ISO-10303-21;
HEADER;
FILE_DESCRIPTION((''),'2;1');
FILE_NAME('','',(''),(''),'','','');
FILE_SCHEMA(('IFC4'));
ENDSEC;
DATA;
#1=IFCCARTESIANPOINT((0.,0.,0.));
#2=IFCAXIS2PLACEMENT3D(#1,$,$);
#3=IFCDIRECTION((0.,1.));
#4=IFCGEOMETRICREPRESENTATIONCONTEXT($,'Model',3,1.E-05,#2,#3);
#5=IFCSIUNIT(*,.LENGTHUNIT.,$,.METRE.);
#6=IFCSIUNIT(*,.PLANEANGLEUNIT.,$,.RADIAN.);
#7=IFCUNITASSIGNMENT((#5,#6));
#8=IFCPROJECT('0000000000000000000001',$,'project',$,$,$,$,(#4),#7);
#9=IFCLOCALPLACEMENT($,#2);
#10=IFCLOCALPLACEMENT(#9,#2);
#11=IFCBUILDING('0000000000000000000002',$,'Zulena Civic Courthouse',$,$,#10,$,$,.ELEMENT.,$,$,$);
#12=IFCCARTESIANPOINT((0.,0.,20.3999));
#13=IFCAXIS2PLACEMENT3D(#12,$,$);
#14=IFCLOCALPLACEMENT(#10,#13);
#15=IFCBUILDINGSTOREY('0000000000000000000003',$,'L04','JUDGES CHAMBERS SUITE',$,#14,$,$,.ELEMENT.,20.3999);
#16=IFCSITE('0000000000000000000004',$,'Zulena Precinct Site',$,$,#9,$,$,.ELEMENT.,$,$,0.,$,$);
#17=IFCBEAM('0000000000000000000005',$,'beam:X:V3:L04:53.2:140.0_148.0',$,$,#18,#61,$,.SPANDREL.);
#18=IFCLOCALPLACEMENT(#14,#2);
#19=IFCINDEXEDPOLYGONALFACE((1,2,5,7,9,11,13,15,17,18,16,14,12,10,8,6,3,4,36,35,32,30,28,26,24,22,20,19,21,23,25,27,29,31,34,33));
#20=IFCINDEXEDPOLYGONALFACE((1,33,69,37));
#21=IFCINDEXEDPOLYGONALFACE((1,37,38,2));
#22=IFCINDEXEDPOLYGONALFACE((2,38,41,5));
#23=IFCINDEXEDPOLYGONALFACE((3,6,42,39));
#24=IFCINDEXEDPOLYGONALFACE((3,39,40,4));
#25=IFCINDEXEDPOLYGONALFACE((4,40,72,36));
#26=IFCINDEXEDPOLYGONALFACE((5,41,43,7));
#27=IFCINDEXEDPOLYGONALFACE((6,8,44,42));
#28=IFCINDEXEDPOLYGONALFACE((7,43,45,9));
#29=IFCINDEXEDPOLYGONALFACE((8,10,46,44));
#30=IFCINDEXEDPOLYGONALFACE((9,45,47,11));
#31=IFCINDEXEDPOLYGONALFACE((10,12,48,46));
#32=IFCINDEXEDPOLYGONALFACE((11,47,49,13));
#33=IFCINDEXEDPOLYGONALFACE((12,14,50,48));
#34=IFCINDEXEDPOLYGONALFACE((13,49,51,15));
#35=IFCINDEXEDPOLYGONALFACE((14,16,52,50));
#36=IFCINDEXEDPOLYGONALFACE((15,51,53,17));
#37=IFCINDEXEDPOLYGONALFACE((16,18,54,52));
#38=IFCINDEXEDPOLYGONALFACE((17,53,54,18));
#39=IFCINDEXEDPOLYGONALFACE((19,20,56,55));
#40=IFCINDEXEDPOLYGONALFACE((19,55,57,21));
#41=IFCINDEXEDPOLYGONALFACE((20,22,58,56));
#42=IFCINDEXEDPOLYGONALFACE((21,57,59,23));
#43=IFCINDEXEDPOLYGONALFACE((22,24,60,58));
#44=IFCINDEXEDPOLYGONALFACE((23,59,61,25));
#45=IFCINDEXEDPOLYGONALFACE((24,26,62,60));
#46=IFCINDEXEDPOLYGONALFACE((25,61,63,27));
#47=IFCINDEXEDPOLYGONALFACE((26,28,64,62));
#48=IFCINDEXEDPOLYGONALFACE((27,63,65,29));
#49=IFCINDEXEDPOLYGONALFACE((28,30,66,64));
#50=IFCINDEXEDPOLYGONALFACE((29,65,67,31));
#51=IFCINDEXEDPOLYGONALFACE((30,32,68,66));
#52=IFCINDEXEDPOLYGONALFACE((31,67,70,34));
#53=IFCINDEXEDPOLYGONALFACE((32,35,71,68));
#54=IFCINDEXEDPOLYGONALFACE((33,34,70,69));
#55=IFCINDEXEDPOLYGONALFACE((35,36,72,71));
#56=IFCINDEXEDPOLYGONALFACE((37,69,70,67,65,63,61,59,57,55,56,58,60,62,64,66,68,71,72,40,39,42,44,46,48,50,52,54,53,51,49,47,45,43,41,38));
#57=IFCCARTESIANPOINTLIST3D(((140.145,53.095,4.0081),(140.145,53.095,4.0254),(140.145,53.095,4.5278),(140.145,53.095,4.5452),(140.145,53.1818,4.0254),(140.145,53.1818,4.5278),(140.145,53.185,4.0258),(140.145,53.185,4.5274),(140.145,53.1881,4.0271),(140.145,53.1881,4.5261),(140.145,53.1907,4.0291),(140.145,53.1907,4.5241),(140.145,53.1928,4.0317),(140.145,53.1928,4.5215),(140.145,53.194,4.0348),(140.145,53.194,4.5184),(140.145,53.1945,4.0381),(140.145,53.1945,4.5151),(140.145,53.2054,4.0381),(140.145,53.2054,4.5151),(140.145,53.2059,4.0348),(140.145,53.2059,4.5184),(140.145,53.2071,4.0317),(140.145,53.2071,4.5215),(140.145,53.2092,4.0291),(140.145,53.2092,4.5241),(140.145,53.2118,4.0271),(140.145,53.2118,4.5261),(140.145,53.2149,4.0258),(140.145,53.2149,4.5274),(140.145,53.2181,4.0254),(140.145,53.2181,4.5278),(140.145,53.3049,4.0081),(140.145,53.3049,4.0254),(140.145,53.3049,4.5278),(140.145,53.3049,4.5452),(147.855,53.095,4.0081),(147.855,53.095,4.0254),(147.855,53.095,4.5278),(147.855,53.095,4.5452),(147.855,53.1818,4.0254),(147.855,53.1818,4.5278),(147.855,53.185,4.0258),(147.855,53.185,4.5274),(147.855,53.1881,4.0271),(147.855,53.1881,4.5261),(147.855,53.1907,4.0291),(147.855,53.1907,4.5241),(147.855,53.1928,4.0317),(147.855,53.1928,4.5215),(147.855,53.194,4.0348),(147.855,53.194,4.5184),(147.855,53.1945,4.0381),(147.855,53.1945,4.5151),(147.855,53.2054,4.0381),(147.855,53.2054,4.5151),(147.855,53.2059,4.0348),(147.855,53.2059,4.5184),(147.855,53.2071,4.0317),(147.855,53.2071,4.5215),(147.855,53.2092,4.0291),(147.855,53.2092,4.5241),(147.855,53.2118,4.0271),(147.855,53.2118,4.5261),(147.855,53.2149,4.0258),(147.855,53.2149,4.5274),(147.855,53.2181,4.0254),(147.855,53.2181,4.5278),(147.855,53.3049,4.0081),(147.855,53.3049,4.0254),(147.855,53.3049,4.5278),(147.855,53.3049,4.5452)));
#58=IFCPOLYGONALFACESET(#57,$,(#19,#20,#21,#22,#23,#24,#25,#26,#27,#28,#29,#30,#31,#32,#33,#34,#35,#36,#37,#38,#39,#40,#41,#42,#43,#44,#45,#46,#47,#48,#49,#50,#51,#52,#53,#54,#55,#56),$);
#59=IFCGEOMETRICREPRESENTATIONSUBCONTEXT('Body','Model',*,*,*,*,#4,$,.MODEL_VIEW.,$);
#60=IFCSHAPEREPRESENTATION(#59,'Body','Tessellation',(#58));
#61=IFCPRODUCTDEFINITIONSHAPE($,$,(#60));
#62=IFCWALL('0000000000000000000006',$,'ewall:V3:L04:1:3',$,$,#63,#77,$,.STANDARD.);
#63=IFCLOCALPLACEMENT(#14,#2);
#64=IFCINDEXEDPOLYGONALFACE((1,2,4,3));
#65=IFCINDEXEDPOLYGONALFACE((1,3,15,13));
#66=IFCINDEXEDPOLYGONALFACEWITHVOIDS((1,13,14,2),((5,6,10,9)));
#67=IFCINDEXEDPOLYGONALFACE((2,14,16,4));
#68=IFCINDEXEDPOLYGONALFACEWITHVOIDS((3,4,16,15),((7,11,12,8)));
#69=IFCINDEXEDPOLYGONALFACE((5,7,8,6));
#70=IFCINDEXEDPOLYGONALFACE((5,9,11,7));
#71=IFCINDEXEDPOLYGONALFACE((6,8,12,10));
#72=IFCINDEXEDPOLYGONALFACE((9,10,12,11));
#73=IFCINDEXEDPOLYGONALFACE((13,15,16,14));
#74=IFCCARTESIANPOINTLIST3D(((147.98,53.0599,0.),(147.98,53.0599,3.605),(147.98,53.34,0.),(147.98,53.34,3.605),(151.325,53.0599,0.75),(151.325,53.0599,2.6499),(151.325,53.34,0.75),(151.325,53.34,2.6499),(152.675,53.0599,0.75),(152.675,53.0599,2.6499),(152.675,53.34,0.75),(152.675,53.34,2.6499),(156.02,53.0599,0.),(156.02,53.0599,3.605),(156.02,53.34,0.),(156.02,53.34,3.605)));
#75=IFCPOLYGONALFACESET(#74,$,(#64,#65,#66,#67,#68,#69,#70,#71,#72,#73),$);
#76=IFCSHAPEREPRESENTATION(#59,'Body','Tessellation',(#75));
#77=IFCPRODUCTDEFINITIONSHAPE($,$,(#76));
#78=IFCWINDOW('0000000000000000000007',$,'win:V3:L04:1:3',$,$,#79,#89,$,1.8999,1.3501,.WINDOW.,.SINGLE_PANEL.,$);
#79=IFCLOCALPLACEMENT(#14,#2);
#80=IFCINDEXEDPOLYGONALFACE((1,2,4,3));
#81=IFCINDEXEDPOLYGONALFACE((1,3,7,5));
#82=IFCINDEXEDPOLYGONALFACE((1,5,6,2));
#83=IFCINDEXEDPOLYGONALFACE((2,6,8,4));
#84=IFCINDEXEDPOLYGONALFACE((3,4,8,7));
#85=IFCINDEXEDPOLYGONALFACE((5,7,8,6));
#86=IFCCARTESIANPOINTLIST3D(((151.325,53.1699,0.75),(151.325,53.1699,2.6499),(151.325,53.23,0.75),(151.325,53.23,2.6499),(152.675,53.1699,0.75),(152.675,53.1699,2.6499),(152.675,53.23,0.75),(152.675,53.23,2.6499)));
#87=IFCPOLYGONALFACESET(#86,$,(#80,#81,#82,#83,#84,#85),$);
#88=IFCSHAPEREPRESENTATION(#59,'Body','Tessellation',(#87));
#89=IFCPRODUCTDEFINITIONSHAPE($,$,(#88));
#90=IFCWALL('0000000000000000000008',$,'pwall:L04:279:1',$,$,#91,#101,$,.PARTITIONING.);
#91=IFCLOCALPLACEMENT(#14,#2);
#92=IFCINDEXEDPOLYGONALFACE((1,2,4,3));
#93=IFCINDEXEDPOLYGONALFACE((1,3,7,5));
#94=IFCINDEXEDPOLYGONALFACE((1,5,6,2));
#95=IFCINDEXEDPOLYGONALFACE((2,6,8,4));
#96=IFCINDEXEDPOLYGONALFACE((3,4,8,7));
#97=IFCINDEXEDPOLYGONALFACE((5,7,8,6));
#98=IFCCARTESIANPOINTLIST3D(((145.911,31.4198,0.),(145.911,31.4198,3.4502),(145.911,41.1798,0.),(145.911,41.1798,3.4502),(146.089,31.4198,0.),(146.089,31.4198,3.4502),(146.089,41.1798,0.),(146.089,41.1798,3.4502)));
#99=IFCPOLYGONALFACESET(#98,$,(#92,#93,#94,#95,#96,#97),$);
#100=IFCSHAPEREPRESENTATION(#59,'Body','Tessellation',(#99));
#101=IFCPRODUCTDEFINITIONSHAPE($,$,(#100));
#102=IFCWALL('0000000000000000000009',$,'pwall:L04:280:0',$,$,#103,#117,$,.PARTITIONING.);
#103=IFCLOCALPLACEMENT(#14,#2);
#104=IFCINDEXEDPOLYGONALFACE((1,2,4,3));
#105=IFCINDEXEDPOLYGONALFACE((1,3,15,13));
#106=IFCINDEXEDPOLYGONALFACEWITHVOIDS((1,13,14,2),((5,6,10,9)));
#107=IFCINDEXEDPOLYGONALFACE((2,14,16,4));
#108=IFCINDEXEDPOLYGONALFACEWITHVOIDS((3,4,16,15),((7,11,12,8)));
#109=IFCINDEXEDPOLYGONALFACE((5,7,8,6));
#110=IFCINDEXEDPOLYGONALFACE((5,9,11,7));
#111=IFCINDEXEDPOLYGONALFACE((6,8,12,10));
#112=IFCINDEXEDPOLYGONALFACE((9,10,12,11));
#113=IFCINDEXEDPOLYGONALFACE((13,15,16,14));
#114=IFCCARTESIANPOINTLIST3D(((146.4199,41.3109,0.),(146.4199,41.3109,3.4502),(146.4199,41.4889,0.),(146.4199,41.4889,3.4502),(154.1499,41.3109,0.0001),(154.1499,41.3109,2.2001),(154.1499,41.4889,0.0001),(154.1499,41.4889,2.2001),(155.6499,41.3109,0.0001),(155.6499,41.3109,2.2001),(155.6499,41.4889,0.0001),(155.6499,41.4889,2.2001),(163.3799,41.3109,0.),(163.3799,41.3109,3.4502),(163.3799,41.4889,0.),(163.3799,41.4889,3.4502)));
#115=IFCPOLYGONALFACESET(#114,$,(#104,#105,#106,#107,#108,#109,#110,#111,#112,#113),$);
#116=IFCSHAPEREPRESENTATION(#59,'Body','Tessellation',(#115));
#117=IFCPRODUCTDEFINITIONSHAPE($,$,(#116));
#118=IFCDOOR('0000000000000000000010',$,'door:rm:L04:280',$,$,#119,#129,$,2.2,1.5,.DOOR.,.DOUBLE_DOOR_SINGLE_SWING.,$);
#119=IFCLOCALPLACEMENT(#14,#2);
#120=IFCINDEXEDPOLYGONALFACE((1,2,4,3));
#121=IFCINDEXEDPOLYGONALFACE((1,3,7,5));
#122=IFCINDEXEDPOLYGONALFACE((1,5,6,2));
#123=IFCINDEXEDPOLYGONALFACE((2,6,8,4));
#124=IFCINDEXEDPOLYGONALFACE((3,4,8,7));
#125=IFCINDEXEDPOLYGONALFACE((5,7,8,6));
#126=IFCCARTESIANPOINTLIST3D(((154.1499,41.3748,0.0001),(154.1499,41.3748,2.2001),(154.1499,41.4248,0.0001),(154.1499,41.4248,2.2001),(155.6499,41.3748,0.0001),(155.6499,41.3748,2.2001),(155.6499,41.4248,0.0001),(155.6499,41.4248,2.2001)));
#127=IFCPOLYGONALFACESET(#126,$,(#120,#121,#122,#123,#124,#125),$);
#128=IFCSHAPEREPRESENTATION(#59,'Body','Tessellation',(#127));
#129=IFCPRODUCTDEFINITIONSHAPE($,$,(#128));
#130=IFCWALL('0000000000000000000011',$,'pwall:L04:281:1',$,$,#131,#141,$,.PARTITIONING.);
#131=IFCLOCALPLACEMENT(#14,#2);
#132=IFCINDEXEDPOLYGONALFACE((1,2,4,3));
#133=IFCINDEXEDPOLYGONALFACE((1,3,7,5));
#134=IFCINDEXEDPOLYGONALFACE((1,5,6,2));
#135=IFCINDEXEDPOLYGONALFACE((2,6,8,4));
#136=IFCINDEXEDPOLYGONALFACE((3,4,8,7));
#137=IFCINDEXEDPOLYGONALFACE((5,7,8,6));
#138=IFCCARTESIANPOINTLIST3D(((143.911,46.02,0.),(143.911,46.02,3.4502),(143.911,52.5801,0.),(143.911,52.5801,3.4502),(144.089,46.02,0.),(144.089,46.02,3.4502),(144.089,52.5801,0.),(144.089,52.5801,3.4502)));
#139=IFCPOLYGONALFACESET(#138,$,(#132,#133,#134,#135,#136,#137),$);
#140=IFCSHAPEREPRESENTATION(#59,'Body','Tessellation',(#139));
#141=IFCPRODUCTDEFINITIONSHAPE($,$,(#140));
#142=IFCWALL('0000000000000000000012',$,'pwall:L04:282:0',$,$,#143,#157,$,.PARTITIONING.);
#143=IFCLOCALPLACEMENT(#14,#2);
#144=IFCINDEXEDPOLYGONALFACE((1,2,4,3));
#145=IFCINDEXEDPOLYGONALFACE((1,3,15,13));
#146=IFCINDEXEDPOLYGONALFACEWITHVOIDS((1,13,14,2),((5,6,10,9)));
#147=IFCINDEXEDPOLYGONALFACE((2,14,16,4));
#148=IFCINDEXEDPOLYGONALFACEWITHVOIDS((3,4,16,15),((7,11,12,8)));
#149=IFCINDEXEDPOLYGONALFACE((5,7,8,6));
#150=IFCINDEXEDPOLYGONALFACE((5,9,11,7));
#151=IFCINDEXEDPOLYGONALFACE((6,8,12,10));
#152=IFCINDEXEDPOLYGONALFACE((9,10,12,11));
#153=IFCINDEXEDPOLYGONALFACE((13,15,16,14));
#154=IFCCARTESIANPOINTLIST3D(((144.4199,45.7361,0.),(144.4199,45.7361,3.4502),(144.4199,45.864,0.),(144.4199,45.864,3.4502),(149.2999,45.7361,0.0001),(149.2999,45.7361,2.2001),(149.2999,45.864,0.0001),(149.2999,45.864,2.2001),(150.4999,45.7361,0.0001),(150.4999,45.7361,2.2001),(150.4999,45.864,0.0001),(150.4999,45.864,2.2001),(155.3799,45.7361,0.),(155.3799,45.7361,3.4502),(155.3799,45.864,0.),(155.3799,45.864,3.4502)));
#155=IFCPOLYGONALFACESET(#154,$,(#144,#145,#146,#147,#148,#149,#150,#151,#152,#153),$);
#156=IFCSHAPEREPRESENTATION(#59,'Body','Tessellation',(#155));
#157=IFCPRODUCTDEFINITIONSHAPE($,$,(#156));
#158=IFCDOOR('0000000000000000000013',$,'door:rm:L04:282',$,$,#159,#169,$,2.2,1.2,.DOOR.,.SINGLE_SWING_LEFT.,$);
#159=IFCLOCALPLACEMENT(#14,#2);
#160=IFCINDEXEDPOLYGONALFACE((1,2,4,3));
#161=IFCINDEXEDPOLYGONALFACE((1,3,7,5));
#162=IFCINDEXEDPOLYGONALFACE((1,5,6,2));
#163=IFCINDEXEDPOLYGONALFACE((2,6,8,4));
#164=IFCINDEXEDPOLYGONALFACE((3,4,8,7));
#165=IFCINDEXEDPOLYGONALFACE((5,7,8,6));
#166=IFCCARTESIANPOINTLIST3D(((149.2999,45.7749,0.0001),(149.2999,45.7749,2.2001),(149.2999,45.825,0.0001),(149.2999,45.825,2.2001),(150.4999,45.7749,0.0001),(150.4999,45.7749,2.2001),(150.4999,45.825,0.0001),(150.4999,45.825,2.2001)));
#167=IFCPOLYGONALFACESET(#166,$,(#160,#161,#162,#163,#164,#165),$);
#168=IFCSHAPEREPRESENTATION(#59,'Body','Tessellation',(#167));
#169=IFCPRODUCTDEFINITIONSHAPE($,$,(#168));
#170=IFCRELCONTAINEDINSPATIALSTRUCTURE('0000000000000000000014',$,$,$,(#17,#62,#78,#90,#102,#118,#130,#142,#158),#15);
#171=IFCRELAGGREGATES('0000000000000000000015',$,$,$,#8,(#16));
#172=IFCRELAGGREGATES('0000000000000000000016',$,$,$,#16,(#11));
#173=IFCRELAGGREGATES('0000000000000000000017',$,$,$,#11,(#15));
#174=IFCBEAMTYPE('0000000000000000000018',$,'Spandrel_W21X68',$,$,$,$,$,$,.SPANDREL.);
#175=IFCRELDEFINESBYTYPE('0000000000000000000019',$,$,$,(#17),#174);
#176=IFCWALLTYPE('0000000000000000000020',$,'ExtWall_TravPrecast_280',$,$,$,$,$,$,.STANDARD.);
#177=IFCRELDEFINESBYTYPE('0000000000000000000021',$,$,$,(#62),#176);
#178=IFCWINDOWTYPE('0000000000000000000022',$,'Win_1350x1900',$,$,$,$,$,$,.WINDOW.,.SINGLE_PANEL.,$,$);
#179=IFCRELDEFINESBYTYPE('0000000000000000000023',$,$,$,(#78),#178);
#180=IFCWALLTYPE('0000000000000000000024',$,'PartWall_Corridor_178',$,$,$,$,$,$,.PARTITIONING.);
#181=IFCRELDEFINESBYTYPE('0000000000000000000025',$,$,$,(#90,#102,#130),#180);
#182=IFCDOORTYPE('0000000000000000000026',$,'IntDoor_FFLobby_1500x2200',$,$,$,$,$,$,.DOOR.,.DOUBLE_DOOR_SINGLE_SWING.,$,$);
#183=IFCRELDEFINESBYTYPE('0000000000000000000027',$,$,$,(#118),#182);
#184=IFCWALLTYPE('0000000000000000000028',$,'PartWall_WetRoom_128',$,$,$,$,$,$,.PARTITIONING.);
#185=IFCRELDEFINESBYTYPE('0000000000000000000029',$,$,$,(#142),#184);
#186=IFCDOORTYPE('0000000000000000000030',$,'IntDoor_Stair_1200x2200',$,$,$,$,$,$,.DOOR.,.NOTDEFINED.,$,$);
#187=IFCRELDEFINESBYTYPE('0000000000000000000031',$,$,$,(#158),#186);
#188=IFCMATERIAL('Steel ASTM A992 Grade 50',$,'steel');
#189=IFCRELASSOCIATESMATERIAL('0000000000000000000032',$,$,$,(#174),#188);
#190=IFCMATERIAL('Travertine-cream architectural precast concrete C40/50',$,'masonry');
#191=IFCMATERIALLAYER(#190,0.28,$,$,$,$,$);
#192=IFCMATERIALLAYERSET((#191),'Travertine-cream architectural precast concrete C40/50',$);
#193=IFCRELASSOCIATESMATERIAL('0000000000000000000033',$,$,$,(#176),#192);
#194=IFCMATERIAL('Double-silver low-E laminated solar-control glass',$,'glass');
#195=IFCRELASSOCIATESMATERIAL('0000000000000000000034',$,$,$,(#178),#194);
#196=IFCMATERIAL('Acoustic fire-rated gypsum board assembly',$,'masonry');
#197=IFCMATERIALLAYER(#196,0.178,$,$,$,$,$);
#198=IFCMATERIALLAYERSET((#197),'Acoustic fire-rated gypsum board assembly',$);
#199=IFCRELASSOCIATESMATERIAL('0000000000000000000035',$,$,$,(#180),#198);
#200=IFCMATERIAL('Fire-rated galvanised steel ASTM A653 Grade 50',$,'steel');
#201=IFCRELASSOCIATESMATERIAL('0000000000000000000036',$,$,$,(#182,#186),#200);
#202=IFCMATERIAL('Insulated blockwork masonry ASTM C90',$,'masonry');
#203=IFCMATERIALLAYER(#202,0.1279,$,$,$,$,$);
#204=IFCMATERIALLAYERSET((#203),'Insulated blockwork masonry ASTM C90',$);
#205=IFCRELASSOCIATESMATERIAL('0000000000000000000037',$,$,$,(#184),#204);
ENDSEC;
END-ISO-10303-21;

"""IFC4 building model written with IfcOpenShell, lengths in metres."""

from ifc_helpers import new_model, si_unit, direction, frame, frame_2d, origin, origin_2d, place, context, subcontext, project, spatial, rectangle, i_section, extrude, material, layer, layer_set, material_profile, profile_set, type_object, element, fill, save


model = new_model("IFC4")

# Units and contexts
model_context = context("Model", 3, precision=1e-05, world=origin(), true_north=direction((0.0, 1.0)))
body_context = subcontext(model_context, "Body", "Model", "MODEL_VIEW")
ifc_project = project(units=[si_unit("LENGTHUNIT", "METRE"), si_unit("PLANEANGLEUNIT", "RADIAN")], contexts=[model_context])

# Site, building, storey
site_placement = place(None, origin())
site = spatial("IfcSite", under=ifc_project, at=site_placement, Name="Zulena Precinct Site", CompositionType="ELEMENT", RefElevation=0.0)
building_placement = place(site_placement, origin())
building = spatial("IfcBuilding", under=site, at=building_placement, Name="Zulena Civic Courthouse", CompositionType="ELEMENT")
storey_placement = place(building_placement, frame((0.0, 0.0, 20.3999)))
storey = spatial("IfcBuildingStorey", under=building, at=storey_placement, Name="L04", Description="JUDGES CHAMBERS SUITE", CompositionType="ELEMENT", Elevation=20.3999)

# Shared definitions
ifc_material_1 = material(Name="Steel ASTM A992 Grade 50", Category="steel")

# Shared definitions
ifc_material_2 = material(Name="Double-silver low-E laminated solar-control glass", Category="glass")

# Beam
ifc_material_profile_1 = material_profile(ifc_material_1, i_section(OverallWidth=0.21, OverallDepth=0.5371, WebThickness=0.011, FlangeThickness=0.0173, FilletRadius=0.0127, at=origin_2d()), Name="W21X68")
ifc_profile_set_1 = profile_set([ifc_material_profile_1], Name="Steel ASTM A992 Grade 50")
beam_type_1 = type_object("IfcBeamType", Name="Spandrel_W21X68", PredefinedType="SPANDREL", material=ifc_profile_set_1)
for number, where, z_axis, x_axis, name in (
    (1, (140.145, 53.2, 4.2766), (1.0, 0.0, 0.0), (0.0, 1.0, 0.0), "beam:X:V3:L04:53.2:140.0_148.0"),
):
    element("IfcBeam", number, at=place(storey_placement, frame(where, z_axis=z_axis, x_axis=x_axis)), inside=storey, type_object=beam_type_1, Name=name, PredefinedType="SPANDREL", context=body_context, shape_type="SweptSolid", body=[
        extrude(i_section(OverallWidth=0.21, OverallDepth=0.5371, WebThickness=0.011, FlangeThickness=0.0173, FilletRadius=0.0127, at=origin_2d()), origin(), (0.0, 0.0, 1.0), 7.71),
    ])

# Wall, opening, window
ifc_material_3 = material(Name="Travertine-cream architectural precast concrete C40/50", Category="masonry")
ifc_layer_1 = layer(ifc_material_3, 0.28)
ifc_layer_set_1 = layer_set([ifc_layer_1], Name="Travertine-cream architectural precast concrete C40/50")
wall_type_1 = type_object("IfcWallType", Name="ExtWall_TravPrecast_280", PredefinedType="STANDARD", material=ifc_layer_set_1)
wall_1_placement = place(storey_placement, frame((147.98, 53.2, 0.0), z_axis=(0.0, 0.0, 1.0), x_axis=(1.0, 0.0, 0.0)))
wall_1 = element("IfcWall", 2, at=wall_1_placement, inside=storey, type_object=wall_type_1, Name="ewall:V3:L04:1:3", PredefinedType="STANDARD", context=body_context, shape_type="SweptSolid", body=[
    extrude(rectangle(XDim=8.04, YDim=0.28, at=frame_2d((4.02, 0.0))), origin(), (0.0, 0.0, 1.0), 3.605),
])
opening_1_placement = place(wall_1_placement, frame((3.345, 0.0, 0.75)))
opening_1 = element("IfcOpeningElement", 3, at=opening_1_placement, cuts=wall_1, PredefinedType="OPENING", context=body_context, shape_type="SweptSolid", body=[
    extrude(rectangle(XDim=1.3501, YDim=1.8999, at=frame_2d((0.675, 0.95))), frame((0.0, 0.1499, 0.0), z_axis=(0.0, -1.0, 0.0), x_axis=(1.0, 0.0, 0.0)), (0.0, 0.0, 1.0), 0.3),
])
window_type = type_object("IfcWindowType", Name="Win_1350x1900", PartitioningType="SINGLE_PANEL", PredefinedType="WINDOW", material=ifc_material_2)
window_placement = place(opening_1_placement, origin())
window = element("IfcWindow", 4, at=window_placement, inside=storey, type_object=window_type, Name="win:V3:L04:1:3", OverallHeight=1.8999, OverallWidth=1.3501, PartitioningType="SINGLE_PANEL", PredefinedType="WINDOW", context=body_context, shape_type="SweptSolid", body=[
    extrude(rectangle(XDim=1.3501, YDim=1.8999, at=frame_2d((0.675, 0.95))), frame((0.0, 0.03, 0.0), z_axis=(0.0, -1.0, 0.0), x_axis=(1.0, 0.0, 0.0)), (0.0, 0.0, 1.0), 0.0601),
])
fill(opening_1, window)

# Wall
ifc_material_4 = material(Name="Acoustic fire-rated gypsum board assembly", Category="masonry")
ifc_layer_2 = layer(ifc_material_4, 0.178)
ifc_layer_set_2 = layer_set([ifc_layer_2], Name="Acoustic fire-rated gypsum board assembly")
wall_type_2 = type_object("IfcWallType", Name="PartWall_Corridor_178", PredefinedType="PARTITIONING", material=ifc_layer_set_2)
wall_2_placement = place(storey_placement, frame((146.0, 31.4199, 0.0), z_axis=(0.0, 0.0, 1.0), x_axis=(0.0, 1.0, 0.0)))
element("IfcWall", 5, at=wall_2_placement, inside=storey, type_object=wall_type_2, Name="pwall:L04:279:1", PredefinedType="PARTITIONING", context=body_context, shape_type="SweptSolid", body=[
    extrude(rectangle(XDim=9.76, YDim=0.178, at=frame_2d((4.8799, 0.0))), origin(), (0.0, 0.0, 1.0), 3.4502),
])

# Wall, opening, door
wall_3_placement = place(storey_placement, frame((146.4199, 41.3999, 0.0), z_axis=(0.0, 0.0, 1.0), x_axis=(1.0, 0.0, 0.0)))
wall_3 = element("IfcWall", 6, at=wall_3_placement, inside=storey, type_object=wall_type_2, Name="pwall:L04:280:0", PredefinedType="PARTITIONING", context=body_context, shape_type="SweptSolid", body=[
    extrude(rectangle(XDim=16.96, YDim=0.178, at=frame_2d((8.48, 0.0))), origin(), (0.0, 0.0, 1.0), 3.4502),
])
opening_2_placement = place(wall_3_placement, frame((7.73, 0.0, 0.0)))
opening_2 = element("IfcOpeningElement", 7, at=opening_2_placement, cuts=wall_3, PredefinedType="OPENING", context=body_context, shape_type="SweptSolid", body=[
    extrude(rectangle(XDim=1.5, YDim=2.2, at=frame_2d((0.75, 1.1001))), frame((0.0, 0.0989, 0.0), z_axis=(0.0, -1.0, 0.0), x_axis=(1.0, 0.0, 0.0)), (0.0, 0.0, 1.0), 0.198),
])
ifc_material_5 = material(Name="Fire-rated galvanised steel ASTM A653 Grade 50", Category="steel")
door_type_1 = type_object("IfcDoorType", Name="IntDoor_FFLobby_1500x2200", OperationType="DOUBLE_DOOR_SINGLE_SWING", PredefinedType="DOOR", material=ifc_material_5)
door_1_placement = place(opening_2_placement, origin())
door_1 = element("IfcDoor", 8, at=door_1_placement, inside=storey, type_object=door_type_1, Name="door:rm:L04:280", OperationType="DOUBLE_DOOR_SINGLE_SWING", OverallHeight=2.2, OverallWidth=1.5, PredefinedType="DOOR", context=body_context, shape_type="SweptSolid", body=[
    extrude(rectangle(XDim=1.5, YDim=2.2, at=frame_2d((0.75, 1.1001))), frame((0.0, 0.0249, 0.0), z_axis=(0.0, -1.0, 0.0), x_axis=(1.0, 0.0, 0.0)), (0.0, 0.0, 1.0), 0.05),
])
fill(opening_2, door_1)

# Wall
wall_4_placement = place(storey_placement, frame((144.0, 46.02, 0.0), z_axis=(0.0, 0.0, 1.0), x_axis=(0.0, 1.0, 0.0)))
element("IfcWall", 9, at=wall_4_placement, inside=storey, type_object=wall_type_2, Name="pwall:L04:281:1", PredefinedType="PARTITIONING", context=body_context, shape_type="SweptSolid", body=[
    extrude(rectangle(XDim=6.5601, YDim=0.178, at=frame_2d((3.28, 0.0))), origin(), (0.0, 0.0, 1.0), 3.4502),
])

# Wall, opening, door
ifc_material_6 = material(Name="Insulated blockwork masonry ASTM C90", Category="masonry")
ifc_layer_3 = layer(ifc_material_6, 0.1279)
ifc_layer_set_3 = layer_set([ifc_layer_3], Name="Insulated blockwork masonry ASTM C90")
wall_type_3 = type_object("IfcWallType", Name="PartWall_WetRoom_128", PredefinedType="PARTITIONING", material=ifc_layer_set_3)
wall_5_placement = place(storey_placement, frame((144.4199, 45.8, 0.0), z_axis=(0.0, 0.0, 1.0), x_axis=(1.0, 0.0, 0.0)))
wall_5 = element("IfcWall", 10, at=wall_5_placement, inside=storey, type_object=wall_type_3, Name="pwall:L04:282:0", PredefinedType="PARTITIONING", context=body_context, shape_type="SweptSolid", body=[
    extrude(rectangle(XDim=10.96, YDim=0.1279, at=frame_2d((5.48, 0.0))), origin(), (0.0, 0.0, 1.0), 3.4502),
])
opening_3_placement = place(wall_5_placement, frame((4.8799, 0.0, 0.0)))
opening_3 = element("IfcOpeningElement", 11, at=opening_3_placement, cuts=wall_5, PredefinedType="OPENING", context=body_context, shape_type="SweptSolid", body=[
    extrude(rectangle(XDim=1.2, YDim=2.2, at=frame_2d((0.6001, 1.1001))), frame((0.0, 0.074, 0.0), z_axis=(0.0, -1.0, 0.0), x_axis=(1.0, 0.0, 0.0)), (0.0, 0.0, 1.0), 0.1479),
])
door_type_2 = type_object("IfcDoorType", Name="IntDoor_Stair_1200x2200", OperationType="NOTDEFINED", PredefinedType="DOOR", material=ifc_material_5)
door_2_placement = place(opening_3_placement, origin())
door_2 = element("IfcDoor", 12, at=door_2_placement, inside=storey, type_object=door_type_2, Name="door:rm:L04:282", OperationType="SINGLE_SWING_LEFT", OverallHeight=2.2, OverallWidth=1.2, PredefinedType="DOOR", context=body_context, shape_type="SweptSolid", body=[
    extrude(rectangle(XDim=1.2, YDim=2.2, at=frame_2d((0.6001, 1.1001))), frame((0.0, 0.0249, 0.0), z_axis=(0.0, -1.0, 0.0), x_axis=(1.0, 0.0, 0.0)), (0.0, 0.0, 1.0), 0.05),
])
fill(opening_3, door_2)

save(model, "model.ifc")
